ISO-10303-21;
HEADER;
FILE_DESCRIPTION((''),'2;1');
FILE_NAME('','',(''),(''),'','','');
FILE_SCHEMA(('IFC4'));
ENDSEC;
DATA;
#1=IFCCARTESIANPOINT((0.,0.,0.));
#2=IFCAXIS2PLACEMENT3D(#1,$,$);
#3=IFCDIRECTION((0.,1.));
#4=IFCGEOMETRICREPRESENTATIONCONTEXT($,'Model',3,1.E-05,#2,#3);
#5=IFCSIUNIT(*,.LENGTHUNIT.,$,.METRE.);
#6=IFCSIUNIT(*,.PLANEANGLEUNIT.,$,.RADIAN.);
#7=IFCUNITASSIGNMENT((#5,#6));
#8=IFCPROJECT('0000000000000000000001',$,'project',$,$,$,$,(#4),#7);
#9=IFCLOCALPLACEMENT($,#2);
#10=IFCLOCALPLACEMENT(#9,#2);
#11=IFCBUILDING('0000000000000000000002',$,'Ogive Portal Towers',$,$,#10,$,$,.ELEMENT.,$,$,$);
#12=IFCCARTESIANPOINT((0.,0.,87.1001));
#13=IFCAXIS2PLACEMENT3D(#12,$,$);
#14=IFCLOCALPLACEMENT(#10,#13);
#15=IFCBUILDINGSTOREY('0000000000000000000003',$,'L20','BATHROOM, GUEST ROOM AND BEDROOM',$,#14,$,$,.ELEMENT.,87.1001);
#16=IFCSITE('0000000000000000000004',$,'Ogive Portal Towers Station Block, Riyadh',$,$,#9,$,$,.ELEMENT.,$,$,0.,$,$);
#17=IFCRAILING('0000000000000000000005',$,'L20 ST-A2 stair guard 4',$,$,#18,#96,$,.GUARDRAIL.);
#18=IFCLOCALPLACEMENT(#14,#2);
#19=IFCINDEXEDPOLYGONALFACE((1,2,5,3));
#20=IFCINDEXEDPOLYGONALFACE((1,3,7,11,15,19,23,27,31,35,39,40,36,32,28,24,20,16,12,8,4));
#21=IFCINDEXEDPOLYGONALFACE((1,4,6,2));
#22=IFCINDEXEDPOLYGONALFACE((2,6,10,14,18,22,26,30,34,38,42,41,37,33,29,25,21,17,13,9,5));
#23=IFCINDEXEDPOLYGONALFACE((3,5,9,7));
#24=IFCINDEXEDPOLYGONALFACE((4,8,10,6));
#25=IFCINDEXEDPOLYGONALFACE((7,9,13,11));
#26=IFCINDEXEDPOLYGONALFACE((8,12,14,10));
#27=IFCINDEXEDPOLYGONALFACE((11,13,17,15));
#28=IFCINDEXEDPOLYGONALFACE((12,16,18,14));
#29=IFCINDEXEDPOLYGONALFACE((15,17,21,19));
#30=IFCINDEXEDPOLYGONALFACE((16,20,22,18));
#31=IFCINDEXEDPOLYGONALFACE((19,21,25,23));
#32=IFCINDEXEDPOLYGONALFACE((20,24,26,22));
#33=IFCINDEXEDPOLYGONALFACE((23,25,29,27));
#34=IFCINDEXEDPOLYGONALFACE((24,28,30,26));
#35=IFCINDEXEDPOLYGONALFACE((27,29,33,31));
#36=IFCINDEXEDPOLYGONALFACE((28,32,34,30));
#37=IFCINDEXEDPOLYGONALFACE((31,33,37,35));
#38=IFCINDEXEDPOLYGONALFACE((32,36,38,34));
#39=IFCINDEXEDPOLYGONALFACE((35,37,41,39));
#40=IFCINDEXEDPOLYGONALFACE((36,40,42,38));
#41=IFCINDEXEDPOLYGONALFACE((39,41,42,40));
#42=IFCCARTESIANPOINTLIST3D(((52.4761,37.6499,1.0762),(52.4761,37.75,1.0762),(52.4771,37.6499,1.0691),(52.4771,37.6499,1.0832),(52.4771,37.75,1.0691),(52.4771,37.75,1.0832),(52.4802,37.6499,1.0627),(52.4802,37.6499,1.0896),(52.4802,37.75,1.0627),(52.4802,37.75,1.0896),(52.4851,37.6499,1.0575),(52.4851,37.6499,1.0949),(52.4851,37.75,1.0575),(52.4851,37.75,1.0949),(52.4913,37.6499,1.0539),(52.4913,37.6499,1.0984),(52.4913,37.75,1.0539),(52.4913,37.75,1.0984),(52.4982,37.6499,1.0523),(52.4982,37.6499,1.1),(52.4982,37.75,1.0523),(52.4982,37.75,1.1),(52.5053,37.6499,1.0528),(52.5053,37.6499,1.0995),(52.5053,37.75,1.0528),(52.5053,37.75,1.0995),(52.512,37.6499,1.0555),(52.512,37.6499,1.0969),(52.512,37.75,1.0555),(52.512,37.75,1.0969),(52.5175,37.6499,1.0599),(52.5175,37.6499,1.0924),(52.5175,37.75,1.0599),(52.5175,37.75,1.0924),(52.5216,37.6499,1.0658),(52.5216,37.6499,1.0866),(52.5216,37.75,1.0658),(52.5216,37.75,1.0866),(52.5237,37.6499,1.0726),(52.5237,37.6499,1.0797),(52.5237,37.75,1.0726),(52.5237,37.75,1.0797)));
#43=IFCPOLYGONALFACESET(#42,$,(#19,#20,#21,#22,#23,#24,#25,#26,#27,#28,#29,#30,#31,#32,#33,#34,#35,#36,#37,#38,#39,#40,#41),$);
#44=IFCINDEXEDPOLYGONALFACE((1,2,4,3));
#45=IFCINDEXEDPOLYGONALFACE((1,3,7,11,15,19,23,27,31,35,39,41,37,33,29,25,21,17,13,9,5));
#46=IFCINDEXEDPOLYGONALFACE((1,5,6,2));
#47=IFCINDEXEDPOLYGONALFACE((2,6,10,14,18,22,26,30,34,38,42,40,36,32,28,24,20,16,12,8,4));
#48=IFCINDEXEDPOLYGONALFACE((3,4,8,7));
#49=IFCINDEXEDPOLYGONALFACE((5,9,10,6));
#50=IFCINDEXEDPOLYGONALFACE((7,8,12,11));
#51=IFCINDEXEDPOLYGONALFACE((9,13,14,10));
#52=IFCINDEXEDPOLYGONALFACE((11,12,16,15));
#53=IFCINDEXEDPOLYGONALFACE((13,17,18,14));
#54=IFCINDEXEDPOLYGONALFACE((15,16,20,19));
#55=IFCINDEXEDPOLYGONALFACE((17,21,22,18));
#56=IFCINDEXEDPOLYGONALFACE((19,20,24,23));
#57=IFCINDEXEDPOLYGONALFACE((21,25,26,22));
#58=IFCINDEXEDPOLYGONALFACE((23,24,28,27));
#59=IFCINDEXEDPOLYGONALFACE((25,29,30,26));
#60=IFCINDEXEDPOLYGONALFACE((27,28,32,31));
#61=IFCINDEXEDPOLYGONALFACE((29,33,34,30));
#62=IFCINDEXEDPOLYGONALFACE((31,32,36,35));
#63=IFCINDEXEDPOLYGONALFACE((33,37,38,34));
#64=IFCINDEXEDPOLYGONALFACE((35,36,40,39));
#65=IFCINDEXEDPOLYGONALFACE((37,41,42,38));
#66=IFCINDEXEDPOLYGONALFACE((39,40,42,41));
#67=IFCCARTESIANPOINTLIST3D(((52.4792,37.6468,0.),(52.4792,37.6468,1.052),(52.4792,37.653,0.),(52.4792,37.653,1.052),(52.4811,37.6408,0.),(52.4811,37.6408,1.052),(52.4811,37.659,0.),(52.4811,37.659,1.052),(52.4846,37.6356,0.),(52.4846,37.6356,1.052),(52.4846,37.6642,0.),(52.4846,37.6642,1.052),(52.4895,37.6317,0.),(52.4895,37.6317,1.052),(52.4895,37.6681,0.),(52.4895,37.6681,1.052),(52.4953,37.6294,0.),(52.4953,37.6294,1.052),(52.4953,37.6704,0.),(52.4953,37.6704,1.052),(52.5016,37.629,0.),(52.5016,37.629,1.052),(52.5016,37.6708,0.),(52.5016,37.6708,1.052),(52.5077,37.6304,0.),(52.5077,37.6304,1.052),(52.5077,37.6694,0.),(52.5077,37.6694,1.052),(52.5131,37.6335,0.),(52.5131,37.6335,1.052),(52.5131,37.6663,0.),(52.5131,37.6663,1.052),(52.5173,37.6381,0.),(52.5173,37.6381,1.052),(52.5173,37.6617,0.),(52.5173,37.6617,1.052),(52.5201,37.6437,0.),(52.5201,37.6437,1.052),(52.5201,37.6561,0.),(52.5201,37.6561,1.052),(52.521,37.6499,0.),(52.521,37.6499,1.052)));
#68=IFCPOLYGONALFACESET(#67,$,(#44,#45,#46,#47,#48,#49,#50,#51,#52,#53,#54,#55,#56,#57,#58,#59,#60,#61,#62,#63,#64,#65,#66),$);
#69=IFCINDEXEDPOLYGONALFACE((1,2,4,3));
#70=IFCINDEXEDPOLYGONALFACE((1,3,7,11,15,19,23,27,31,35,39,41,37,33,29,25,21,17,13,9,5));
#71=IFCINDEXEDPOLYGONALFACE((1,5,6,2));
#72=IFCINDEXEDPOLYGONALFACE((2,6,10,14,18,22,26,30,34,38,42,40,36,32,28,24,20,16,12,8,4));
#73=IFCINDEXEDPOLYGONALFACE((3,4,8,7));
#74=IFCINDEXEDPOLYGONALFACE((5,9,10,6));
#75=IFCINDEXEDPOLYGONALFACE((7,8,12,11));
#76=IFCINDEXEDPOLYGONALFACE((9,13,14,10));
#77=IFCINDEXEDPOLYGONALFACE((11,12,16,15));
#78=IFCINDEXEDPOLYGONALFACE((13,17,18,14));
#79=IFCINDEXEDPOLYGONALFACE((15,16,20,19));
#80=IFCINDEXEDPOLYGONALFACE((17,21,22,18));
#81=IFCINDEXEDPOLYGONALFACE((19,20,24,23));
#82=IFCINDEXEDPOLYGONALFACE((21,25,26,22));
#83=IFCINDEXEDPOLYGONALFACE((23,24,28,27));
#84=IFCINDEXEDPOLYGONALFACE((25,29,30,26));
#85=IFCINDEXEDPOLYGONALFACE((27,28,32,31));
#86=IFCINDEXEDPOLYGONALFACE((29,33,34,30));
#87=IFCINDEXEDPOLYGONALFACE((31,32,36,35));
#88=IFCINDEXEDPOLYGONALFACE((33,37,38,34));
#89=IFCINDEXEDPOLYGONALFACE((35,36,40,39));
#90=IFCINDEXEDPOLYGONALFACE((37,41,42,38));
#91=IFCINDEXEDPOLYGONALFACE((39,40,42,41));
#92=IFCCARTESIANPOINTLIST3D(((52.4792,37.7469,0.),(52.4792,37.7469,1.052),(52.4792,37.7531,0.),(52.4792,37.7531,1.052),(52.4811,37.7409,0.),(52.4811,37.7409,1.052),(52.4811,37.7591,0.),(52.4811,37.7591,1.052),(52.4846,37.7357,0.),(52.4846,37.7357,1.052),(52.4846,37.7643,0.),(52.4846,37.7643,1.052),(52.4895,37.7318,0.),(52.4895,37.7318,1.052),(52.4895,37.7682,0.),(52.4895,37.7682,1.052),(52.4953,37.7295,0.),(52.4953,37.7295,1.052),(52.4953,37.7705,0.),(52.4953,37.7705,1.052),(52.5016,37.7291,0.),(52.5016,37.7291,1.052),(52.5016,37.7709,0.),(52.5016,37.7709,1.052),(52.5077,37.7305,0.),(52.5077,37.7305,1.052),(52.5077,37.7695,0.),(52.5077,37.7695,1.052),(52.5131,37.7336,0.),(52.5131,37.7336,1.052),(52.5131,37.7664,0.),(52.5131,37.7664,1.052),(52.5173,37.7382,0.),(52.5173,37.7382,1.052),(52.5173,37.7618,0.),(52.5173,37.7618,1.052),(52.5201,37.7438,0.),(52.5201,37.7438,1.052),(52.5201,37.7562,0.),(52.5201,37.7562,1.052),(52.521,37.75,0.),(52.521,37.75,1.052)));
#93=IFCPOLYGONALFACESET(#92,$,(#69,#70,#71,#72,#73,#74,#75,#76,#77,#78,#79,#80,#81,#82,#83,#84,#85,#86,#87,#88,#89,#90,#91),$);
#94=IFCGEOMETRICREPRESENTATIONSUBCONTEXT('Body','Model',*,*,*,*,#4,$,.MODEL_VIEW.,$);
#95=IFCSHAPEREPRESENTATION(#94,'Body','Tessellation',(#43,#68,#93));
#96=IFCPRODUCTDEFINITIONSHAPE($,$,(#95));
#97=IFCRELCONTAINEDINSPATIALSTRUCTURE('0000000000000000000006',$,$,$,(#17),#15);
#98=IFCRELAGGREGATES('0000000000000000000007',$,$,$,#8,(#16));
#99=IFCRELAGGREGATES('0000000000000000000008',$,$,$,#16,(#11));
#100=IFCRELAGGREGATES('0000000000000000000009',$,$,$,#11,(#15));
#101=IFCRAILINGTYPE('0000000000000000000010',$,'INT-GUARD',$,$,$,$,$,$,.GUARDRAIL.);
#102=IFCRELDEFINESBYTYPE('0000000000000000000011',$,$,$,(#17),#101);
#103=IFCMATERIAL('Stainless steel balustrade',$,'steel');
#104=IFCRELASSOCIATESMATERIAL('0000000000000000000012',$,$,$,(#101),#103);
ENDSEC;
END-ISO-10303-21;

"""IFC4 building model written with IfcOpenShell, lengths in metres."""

from ifc_helpers import new_model, si_unit, direction, frame, origin, origin_2d, place, context, subcontext, project, spatial, circle, extrude, material, type_object, element, save


model = new_model("IFC4")

# Units and contexts
model_context = context("Model", 3, precision=1e-05, world=origin(), true_north=direction((0.0, 1.0)))
body_context = subcontext(model_context, "Body", "Model", "MODEL_VIEW")
ifc_project = project(units=[si_unit("LENGTHUNIT", "METRE"), si_unit("PLANEANGLEUNIT", "RADIAN")], contexts=[model_context])

# Site, building, storey
site_placement = place(None, origin())
site = spatial("IfcSite", under=ifc_project, at=site_placement, Name="Ogive Portal Towers Station Block, Riyadh", CompositionType="ELEMENT", RefElevation=0.0)
building_placement = place(site_placement, origin())
building = spatial("IfcBuilding", under=site, at=building_placement, Name="Ogive Portal Towers", CompositionType="ELEMENT")
storey_placement = place(building_placement, frame((0.0, 0.0, 87.1001)))
storey = spatial("IfcBuildingStorey", under=building, at=storey_placement, Name="L20", Description="BATHROOM, GUEST ROOM AND BEDROOM", CompositionType="ELEMENT", Elevation=87.1001)

# Railing
ifc_material_1 = material(Name="Stainless steel balustrade", Category="steel")
railing_type_1 = type_object("IfcRailingType", Name="INT-GUARD", PredefinedType="GUARDRAIL", material=ifc_material_1)
railing_1_placement = place(storey_placement, frame((52.5, 37.6499, 0.0)))
element("IfcRailing", 1, at=railing_1_placement, inside=storey, type_object=railing_type_1, Name="L20 ST-A2 stair guard 4", PredefinedType="GUARDRAIL", context=body_context, shape_type="SweptSolid", body=[
    extrude(circle(Radius=0.0239, at=origin_2d()), frame((0.0, 0.0, 1.0762), z_axis=(0.0, 1.0, 0.0), x_axis=(-1.0, 0.0, 0.0)), (0.0, 0.0, 1.0), 0.1001),
    extrude(circle(Radius=0.021, at=origin_2d()), origin(), (0.0, 0.0, 1.0), 1.052),
    extrude(circle(Radius=0.021, at=origin_2d()), frame((0.0, 0.1001, 0.0)), (0.0, 0.0, 1.0), 1.052),
])

save(model, "model.ifc")
